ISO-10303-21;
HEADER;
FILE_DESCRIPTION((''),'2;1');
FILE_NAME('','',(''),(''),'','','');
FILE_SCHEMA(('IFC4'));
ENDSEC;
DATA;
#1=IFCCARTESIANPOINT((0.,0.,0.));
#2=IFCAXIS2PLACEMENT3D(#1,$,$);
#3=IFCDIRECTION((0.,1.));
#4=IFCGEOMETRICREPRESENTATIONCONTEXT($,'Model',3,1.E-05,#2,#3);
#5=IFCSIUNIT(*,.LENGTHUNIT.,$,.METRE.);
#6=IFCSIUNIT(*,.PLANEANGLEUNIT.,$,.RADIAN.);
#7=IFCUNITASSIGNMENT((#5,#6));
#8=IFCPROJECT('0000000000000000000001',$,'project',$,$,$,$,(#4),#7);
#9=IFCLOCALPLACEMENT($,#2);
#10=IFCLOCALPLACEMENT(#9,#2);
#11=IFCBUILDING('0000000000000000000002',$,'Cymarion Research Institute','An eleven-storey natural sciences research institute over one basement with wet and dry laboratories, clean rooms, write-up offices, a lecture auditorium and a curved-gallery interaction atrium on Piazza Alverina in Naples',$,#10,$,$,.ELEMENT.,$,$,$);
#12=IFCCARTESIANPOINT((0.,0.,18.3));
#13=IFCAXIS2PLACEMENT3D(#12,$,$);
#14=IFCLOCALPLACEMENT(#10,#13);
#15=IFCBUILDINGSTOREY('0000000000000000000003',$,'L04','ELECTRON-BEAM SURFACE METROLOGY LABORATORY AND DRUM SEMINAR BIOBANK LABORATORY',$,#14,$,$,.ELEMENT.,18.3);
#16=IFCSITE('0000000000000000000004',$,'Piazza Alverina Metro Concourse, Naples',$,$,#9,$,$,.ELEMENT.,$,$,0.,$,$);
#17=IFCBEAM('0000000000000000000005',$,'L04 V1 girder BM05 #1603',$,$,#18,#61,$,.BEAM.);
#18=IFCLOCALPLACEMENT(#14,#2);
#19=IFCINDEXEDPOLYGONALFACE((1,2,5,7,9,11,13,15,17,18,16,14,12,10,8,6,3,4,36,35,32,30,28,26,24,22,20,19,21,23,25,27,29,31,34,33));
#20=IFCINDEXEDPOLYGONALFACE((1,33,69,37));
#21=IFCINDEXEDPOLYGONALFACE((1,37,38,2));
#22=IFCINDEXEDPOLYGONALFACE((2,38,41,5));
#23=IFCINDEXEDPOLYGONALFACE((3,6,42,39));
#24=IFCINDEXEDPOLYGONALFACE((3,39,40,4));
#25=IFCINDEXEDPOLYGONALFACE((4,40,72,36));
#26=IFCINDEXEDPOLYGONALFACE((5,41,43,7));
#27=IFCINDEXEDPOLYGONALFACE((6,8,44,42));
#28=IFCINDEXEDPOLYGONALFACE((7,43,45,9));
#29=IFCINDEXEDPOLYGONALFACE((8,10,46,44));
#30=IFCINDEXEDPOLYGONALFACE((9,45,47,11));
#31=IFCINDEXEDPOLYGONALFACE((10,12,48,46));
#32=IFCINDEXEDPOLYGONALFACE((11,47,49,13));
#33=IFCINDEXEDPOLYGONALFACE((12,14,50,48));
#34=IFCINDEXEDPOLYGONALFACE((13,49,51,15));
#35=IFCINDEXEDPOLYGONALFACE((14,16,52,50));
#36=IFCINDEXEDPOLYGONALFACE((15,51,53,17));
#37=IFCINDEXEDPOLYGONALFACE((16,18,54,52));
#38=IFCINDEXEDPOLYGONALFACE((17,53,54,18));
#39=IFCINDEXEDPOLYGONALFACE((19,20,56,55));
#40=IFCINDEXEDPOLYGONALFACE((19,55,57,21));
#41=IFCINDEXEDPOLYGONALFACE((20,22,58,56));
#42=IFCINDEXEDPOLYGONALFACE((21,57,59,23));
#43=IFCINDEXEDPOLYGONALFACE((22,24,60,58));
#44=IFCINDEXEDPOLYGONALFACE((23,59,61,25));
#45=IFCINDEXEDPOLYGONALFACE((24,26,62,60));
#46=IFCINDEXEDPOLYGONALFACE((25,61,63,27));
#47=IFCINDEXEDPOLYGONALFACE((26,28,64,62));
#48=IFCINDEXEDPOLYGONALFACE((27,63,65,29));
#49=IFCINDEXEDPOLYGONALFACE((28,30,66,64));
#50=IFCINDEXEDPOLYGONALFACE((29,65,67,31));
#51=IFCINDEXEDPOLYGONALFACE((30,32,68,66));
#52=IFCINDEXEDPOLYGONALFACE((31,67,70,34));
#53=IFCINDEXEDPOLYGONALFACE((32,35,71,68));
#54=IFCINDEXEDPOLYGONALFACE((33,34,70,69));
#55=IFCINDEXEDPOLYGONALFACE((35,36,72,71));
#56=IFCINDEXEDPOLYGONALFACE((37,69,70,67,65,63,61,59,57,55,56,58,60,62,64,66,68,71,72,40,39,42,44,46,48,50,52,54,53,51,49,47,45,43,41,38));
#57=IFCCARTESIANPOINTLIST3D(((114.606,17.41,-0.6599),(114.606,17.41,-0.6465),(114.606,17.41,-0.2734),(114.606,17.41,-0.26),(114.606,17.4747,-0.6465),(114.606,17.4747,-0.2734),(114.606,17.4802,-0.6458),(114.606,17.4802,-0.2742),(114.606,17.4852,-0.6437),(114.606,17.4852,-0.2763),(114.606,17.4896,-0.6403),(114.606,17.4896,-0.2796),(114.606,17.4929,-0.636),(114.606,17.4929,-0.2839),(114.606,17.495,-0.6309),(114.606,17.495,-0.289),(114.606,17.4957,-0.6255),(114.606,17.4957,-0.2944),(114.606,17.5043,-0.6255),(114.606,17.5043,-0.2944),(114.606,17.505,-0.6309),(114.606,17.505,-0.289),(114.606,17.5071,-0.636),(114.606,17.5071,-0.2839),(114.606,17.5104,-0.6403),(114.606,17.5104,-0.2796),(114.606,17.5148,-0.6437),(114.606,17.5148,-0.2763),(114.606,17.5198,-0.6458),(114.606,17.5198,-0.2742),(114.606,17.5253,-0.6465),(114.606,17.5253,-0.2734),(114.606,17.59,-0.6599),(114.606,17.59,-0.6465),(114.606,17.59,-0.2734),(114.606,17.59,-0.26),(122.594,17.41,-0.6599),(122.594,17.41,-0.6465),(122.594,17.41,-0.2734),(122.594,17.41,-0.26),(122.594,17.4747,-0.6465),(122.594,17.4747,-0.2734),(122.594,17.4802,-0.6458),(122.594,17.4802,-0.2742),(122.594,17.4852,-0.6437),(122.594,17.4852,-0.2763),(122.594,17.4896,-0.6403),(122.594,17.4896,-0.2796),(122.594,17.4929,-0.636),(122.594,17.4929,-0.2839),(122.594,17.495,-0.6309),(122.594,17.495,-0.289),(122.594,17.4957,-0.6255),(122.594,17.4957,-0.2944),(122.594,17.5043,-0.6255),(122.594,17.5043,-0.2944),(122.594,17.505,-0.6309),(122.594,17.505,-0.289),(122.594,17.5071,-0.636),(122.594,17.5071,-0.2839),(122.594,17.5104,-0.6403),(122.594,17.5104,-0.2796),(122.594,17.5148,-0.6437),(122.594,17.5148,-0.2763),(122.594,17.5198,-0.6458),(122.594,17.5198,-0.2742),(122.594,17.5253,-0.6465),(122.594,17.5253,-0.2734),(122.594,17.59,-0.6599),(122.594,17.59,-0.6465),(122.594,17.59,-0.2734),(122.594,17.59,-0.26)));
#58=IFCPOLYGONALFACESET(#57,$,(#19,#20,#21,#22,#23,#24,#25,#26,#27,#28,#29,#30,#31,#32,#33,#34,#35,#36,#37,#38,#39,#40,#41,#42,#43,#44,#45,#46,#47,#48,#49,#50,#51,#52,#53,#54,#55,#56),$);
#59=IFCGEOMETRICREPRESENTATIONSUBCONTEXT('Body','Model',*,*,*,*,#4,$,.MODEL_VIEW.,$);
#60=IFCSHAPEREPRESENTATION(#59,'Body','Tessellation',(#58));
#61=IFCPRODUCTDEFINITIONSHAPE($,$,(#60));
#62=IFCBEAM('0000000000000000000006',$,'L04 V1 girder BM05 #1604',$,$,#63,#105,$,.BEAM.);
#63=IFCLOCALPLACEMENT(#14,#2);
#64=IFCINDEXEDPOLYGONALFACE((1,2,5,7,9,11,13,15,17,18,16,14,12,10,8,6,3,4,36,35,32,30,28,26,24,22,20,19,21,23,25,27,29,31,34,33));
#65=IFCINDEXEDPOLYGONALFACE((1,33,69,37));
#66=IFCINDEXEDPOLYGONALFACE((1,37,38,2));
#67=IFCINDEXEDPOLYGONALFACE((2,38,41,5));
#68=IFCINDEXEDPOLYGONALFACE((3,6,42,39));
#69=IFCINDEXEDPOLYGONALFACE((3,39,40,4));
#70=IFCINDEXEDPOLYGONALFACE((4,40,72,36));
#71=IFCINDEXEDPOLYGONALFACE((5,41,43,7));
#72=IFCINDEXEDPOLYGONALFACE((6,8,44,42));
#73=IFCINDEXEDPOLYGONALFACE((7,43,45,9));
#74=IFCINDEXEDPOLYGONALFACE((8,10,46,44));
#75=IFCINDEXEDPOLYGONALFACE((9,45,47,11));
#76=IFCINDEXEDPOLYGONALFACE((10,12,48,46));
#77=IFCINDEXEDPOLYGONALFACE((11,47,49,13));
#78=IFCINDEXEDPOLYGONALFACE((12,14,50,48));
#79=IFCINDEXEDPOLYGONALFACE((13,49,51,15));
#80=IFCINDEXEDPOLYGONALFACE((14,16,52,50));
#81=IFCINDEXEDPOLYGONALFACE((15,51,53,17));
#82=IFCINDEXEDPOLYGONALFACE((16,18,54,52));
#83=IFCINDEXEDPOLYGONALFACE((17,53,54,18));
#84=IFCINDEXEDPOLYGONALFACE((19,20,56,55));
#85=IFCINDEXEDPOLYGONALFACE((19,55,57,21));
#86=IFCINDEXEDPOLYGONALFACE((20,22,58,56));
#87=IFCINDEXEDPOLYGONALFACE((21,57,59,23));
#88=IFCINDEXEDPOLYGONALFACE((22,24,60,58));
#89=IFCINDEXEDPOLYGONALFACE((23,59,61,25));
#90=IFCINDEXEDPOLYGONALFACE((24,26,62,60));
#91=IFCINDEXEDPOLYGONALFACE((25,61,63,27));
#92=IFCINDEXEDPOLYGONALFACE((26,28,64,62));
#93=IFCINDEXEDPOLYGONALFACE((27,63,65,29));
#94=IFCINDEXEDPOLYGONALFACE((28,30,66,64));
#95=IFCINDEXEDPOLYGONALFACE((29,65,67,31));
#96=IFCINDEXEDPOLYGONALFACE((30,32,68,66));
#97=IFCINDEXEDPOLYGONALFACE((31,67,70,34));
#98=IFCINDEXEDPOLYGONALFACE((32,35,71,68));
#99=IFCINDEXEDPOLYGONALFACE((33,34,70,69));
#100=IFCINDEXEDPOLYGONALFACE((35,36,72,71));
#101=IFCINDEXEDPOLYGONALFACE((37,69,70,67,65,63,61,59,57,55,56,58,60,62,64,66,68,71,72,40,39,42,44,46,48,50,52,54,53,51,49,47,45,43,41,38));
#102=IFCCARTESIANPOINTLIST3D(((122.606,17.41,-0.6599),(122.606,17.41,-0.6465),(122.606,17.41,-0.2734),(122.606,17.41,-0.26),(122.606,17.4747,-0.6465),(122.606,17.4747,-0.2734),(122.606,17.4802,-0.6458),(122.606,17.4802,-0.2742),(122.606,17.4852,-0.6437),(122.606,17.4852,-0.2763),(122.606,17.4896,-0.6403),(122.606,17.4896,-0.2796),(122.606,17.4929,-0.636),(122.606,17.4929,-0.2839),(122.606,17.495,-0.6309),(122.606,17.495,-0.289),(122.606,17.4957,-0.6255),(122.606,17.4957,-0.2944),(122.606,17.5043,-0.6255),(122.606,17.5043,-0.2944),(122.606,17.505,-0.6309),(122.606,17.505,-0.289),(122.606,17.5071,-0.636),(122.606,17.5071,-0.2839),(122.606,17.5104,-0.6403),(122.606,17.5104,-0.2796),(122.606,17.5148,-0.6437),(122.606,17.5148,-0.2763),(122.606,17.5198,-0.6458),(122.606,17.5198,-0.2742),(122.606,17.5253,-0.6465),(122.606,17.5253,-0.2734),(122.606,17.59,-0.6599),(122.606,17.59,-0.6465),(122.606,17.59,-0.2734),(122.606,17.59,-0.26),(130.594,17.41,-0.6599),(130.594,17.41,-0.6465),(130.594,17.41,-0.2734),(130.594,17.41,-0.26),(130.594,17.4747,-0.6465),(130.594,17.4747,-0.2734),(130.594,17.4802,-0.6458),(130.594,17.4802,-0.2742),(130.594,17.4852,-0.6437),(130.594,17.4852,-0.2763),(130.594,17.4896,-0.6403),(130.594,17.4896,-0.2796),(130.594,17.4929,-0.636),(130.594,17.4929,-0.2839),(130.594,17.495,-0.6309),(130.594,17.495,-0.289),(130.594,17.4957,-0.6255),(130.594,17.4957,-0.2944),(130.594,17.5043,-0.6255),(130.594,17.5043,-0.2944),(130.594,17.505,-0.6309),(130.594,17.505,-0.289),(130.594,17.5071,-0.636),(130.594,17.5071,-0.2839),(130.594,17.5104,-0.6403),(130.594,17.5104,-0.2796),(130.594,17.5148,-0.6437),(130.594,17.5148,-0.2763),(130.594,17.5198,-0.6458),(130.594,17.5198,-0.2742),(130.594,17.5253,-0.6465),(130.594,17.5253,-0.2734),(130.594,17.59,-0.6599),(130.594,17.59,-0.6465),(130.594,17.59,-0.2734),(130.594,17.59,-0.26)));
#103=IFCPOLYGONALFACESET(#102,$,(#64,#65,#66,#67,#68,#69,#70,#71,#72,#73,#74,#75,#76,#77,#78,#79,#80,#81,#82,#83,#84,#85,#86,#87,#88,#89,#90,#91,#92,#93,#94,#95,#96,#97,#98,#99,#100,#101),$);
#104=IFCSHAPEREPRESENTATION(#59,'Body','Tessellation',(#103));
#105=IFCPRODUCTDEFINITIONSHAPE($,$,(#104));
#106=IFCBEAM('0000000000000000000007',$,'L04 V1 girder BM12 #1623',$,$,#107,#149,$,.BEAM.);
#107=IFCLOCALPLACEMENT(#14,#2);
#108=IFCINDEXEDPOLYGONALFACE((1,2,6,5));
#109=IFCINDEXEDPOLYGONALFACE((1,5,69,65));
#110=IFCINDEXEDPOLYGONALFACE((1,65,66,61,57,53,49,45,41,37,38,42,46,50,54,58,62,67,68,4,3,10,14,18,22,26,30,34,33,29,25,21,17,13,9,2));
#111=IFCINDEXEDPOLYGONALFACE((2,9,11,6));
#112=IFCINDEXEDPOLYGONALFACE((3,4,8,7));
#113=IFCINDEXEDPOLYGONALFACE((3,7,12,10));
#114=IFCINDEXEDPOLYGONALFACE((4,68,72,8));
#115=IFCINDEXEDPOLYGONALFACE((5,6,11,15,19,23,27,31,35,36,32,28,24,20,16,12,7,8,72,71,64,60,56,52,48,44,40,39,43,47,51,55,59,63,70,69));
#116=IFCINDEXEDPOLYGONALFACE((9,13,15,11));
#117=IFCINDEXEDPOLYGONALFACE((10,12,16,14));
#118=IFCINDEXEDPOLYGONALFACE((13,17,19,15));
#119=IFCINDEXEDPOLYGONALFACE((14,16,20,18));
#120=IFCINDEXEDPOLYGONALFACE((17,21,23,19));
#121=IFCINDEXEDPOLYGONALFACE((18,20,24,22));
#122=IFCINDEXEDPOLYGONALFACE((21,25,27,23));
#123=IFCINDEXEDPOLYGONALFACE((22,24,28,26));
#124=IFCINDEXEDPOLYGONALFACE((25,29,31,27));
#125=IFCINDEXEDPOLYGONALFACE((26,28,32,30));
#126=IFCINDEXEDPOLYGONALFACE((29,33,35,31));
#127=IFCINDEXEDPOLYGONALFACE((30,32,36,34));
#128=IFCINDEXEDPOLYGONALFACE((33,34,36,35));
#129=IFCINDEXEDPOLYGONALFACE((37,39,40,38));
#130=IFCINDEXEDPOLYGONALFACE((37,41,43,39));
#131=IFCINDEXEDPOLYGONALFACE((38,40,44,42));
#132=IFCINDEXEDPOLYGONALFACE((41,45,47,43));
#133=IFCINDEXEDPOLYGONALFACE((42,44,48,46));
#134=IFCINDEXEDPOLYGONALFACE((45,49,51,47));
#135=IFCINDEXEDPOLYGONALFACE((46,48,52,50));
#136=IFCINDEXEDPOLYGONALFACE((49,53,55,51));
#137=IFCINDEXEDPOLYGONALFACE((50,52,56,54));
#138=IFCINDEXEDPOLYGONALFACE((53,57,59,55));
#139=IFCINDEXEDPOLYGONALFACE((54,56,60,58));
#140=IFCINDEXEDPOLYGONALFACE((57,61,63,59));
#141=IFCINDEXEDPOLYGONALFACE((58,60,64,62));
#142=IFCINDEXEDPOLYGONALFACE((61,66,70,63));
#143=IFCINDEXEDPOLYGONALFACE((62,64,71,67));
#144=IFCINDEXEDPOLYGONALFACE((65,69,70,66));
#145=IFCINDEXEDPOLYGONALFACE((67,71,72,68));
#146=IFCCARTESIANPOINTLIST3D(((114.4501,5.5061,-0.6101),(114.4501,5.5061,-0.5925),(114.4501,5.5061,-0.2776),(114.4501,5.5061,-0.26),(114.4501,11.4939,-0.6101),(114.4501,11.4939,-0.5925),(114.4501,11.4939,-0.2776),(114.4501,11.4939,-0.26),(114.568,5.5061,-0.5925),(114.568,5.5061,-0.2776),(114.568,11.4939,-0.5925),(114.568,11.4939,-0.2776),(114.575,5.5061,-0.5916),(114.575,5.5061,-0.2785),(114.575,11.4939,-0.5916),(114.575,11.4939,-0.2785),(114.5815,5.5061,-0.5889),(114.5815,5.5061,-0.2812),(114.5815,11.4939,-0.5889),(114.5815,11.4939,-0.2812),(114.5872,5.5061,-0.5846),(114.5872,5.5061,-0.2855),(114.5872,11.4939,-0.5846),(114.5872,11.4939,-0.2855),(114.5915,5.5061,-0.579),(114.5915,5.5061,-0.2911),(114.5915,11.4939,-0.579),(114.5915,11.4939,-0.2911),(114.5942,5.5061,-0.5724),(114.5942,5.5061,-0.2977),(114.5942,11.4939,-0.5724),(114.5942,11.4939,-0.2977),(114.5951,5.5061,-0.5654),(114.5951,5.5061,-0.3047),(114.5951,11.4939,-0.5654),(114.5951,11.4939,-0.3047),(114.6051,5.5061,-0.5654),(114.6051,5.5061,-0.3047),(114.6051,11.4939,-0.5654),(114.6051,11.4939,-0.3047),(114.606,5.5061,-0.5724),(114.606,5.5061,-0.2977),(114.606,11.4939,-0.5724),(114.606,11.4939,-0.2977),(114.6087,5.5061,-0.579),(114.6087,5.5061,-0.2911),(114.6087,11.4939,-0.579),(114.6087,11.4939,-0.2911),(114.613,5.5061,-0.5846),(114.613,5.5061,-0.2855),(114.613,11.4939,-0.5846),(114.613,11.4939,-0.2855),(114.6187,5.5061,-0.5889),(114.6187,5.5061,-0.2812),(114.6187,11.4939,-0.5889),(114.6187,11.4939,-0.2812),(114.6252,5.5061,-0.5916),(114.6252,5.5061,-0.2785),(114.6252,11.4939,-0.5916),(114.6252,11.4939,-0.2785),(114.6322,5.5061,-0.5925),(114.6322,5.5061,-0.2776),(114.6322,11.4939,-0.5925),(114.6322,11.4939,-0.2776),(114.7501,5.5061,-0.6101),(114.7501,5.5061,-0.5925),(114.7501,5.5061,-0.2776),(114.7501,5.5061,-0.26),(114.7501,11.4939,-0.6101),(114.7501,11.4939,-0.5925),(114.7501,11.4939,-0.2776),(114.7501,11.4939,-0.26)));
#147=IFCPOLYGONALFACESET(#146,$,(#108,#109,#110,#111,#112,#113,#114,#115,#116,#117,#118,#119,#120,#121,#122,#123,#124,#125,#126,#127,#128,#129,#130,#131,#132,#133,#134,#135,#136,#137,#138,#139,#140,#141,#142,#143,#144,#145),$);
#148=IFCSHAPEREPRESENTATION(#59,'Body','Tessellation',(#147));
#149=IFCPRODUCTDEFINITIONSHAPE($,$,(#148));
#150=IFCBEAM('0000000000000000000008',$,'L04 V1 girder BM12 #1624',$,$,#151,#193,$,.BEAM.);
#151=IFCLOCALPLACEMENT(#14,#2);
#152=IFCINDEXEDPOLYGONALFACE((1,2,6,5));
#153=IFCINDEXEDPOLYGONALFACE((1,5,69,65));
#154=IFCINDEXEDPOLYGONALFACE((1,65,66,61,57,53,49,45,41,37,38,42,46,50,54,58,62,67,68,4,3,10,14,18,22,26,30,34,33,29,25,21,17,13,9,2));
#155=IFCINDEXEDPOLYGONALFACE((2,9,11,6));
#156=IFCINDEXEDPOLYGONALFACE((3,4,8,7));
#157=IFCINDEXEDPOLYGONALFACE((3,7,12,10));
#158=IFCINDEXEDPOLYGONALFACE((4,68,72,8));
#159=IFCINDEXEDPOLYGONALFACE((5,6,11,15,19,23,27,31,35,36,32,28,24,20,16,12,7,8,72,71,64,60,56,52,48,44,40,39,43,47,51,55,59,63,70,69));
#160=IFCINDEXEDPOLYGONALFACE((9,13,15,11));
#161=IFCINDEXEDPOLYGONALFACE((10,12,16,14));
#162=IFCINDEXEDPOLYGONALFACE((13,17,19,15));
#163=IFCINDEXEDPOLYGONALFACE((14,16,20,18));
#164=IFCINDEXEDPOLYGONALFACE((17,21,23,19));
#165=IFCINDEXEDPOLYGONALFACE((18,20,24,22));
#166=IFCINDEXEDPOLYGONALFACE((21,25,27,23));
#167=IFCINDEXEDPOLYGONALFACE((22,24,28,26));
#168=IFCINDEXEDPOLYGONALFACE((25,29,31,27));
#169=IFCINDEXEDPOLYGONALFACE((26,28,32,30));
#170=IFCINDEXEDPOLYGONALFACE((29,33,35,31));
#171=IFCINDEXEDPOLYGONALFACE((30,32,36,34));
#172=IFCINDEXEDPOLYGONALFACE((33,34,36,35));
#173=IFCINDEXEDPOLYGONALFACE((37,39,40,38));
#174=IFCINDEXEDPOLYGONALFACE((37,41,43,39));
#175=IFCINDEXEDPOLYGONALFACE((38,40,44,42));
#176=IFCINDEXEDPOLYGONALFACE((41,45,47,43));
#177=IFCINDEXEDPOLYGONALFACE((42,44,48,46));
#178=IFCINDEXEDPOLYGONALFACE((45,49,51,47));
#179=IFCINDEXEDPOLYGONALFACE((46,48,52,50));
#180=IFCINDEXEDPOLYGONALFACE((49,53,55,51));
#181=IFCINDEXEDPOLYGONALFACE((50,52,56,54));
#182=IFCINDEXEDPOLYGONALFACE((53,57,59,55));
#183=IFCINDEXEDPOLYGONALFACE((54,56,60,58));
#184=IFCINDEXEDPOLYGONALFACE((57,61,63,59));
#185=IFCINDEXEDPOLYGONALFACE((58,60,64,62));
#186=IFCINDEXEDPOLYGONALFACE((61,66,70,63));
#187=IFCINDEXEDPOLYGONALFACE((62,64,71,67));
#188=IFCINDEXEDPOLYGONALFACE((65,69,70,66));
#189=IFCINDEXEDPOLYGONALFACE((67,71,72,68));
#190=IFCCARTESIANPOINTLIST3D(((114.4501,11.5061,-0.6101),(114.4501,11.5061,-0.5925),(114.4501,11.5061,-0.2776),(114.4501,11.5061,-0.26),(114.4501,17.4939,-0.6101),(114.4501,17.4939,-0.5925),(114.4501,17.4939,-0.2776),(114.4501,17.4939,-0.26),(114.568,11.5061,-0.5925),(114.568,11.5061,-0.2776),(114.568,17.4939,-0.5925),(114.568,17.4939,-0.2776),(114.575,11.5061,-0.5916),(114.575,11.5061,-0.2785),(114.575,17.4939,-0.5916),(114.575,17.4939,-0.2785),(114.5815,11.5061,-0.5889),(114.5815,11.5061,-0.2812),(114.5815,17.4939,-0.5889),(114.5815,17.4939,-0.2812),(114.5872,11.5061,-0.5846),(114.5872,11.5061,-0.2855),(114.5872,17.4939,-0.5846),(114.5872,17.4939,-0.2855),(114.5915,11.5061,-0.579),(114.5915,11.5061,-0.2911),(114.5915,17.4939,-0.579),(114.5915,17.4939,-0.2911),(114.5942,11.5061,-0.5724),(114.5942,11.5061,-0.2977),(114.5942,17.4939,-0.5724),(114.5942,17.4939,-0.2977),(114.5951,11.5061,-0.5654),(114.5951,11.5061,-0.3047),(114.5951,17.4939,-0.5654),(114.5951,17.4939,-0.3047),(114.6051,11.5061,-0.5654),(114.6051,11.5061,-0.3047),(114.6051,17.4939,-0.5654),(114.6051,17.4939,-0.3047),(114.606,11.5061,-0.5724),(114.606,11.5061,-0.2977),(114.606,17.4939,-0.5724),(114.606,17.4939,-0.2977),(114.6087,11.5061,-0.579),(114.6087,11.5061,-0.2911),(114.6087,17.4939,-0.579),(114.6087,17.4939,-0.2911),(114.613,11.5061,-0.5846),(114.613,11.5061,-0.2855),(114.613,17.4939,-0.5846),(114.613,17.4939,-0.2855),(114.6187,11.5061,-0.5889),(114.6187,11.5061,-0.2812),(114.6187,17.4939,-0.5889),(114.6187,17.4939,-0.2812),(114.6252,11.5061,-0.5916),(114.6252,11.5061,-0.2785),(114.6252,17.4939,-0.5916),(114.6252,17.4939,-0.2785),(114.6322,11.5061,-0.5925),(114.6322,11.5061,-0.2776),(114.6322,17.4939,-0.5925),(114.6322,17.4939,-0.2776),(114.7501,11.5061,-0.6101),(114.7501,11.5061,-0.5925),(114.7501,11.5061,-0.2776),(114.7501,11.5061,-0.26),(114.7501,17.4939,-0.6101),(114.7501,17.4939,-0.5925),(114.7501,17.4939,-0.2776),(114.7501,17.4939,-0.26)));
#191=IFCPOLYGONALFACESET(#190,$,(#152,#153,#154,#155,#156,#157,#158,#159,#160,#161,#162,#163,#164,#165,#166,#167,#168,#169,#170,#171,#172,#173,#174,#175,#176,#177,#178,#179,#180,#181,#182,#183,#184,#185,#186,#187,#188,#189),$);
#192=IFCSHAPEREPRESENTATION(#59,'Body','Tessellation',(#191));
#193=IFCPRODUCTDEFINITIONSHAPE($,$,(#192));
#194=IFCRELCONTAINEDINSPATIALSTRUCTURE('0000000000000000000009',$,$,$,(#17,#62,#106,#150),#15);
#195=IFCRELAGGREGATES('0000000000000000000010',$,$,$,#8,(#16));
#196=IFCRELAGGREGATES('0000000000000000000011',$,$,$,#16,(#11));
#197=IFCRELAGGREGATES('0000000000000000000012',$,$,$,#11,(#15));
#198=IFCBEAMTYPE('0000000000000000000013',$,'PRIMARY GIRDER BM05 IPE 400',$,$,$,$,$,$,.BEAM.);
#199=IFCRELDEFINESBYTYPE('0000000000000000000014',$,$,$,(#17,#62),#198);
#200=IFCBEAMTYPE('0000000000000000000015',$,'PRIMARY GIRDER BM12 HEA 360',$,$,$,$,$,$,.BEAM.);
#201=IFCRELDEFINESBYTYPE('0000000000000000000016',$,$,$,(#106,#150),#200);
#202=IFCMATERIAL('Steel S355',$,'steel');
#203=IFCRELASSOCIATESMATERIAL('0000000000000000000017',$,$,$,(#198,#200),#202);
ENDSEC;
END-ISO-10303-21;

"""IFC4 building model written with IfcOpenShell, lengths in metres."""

from ifc_helpers import new_model, si_unit, direction, frame, origin, origin_2d, place, context, subcontext, project, spatial, i_section, extrude, material, material_profile, profile_set, type_object, element, save


model = new_model("IFC4")

# Units and contexts
model_context = context("Model", 3, precision=1e-05, world=origin(), true_north=direction((0.0, 1.0)))
body_context = subcontext(model_context, "Body", "Model", "MODEL_VIEW")
ifc_project = project(units=[si_unit("LENGTHUNIT", "METRE"), si_unit("PLANEANGLEUNIT", "RADIAN")], contexts=[model_context])

# Site, building, storey
site_placement = place(None, origin())
site = spatial("IfcSite", under=ifc_project, at=site_placement, Name="Piazza Alverina Metro Concourse, Naples", CompositionType="ELEMENT", RefElevation=0.0)
building_placement = place(site_placement, origin())
building = spatial("IfcBuilding", under=site, at=building_placement, Name="Cymarion Research Institute", Description="An eleven-storey natural sciences research institute over one basement with wet and dry laboratories, clean rooms, write-up offices, a lecture auditorium and a curved-gallery interaction atrium on Piazza Alverina in Naples", CompositionType="ELEMENT")
storey_placement = place(building_placement, frame((0.0, 0.0, 18.3)))
storey = spatial("IfcBuildingStorey", under=building, at=storey_placement, Name="L04", Description="ELECTRON-BEAM SURFACE METROLOGY LABORATORY AND DRUM SEMINAR BIOBANK LABORATORY", CompositionType="ELEMENT", Elevation=18.3)

# Beams
ifc_material = material(Name="Steel S355", Category="steel")
ifc_material_profile_1 = material_profile(ifc_material, i_section(OverallWidth=0.1799, OverallDepth=0.3999, WebThickness=0.0085, FlangeThickness=0.0134, FilletRadius=0.021, at=origin_2d()), Name="IPE 400")
ifc_profile_set_1 = profile_set([ifc_material_profile_1], Name="Steel S355")
beam_type_1 = type_object("IfcBeamType", Name="PRIMARY GIRDER BM05 IPE 400", PredefinedType="BEAM", material=ifc_profile_set_1)
for number, where, z_axis, x_axis, name in (
    (1, (114.606, 17.5, -0.46), (1.0, 0.0, 0.0), (0.0, 1.0, 0.0), "L04 V1 girder BM05 #1603"),
    (2, (122.606, 17.5, -0.46), (1.0, 0.0, 0.0), (0.0, 1.0, 0.0), "L04 V1 girder BM05 #1604"),
):
    element("IfcBeam", number, at=place(storey_placement, frame(where, z_axis=z_axis, x_axis=x_axis)), inside=storey, type_object=beam_type_1, Name=name, PredefinedType="BEAM", context=body_context, shape_type="SweptSolid", body=[
        extrude(i_section(OverallWidth=0.1799, OverallDepth=0.3999, WebThickness=0.0085, FlangeThickness=0.0134, FilletRadius=0.021, at=origin_2d()), origin(), (0.0, 0.0, 1.0), 7.988),
    ])
ifc_material_profile_2 = material_profile(ifc_material, i_section(OverallWidth=0.3, OverallDepth=0.3501, WebThickness=0.01, FlangeThickness=0.0176, FilletRadius=0.0271, at=origin_2d()), Name="HEA 360")
ifc_profile_set_2 = profile_set([ifc_material_profile_2], Name="Steel S355")
beam_type_2 = type_object("IfcBeamType", Name="PRIMARY GIRDER BM12 HEA 360", PredefinedType="BEAM", material=ifc_profile_set_2)
for number, where, z_axis, x_axis, name in (
    (3, (114.6001, 5.5061, -0.4351), (0.0, 1.0, 0.0), (-1.0, 0.0, 0.0), "L04 V1 girder BM12 #1623"),
    (4, (114.6001, 11.5061, -0.4351), (0.0, 1.0, 0.0), (-1.0, 0.0, 0.0), "L04 V1 girder BM12 #1624"),
):
    element("IfcBeam", number, at=place(storey_placement, frame(where, z_axis=z_axis, x_axis=x_axis)), inside=storey, type_object=beam_type_2, Name=name, PredefinedType="BEAM", context=body_context, shape_type="SweptSolid", body=[
        extrude(i_section(OverallWidth=0.3, OverallDepth=0.3501, WebThickness=0.01, FlangeThickness=0.0176, FilletRadius=0.0271, at=origin_2d()), origin(), (0.0, 0.0, 1.0), 5.9878),
    ])

save(model, "model.ifc")
